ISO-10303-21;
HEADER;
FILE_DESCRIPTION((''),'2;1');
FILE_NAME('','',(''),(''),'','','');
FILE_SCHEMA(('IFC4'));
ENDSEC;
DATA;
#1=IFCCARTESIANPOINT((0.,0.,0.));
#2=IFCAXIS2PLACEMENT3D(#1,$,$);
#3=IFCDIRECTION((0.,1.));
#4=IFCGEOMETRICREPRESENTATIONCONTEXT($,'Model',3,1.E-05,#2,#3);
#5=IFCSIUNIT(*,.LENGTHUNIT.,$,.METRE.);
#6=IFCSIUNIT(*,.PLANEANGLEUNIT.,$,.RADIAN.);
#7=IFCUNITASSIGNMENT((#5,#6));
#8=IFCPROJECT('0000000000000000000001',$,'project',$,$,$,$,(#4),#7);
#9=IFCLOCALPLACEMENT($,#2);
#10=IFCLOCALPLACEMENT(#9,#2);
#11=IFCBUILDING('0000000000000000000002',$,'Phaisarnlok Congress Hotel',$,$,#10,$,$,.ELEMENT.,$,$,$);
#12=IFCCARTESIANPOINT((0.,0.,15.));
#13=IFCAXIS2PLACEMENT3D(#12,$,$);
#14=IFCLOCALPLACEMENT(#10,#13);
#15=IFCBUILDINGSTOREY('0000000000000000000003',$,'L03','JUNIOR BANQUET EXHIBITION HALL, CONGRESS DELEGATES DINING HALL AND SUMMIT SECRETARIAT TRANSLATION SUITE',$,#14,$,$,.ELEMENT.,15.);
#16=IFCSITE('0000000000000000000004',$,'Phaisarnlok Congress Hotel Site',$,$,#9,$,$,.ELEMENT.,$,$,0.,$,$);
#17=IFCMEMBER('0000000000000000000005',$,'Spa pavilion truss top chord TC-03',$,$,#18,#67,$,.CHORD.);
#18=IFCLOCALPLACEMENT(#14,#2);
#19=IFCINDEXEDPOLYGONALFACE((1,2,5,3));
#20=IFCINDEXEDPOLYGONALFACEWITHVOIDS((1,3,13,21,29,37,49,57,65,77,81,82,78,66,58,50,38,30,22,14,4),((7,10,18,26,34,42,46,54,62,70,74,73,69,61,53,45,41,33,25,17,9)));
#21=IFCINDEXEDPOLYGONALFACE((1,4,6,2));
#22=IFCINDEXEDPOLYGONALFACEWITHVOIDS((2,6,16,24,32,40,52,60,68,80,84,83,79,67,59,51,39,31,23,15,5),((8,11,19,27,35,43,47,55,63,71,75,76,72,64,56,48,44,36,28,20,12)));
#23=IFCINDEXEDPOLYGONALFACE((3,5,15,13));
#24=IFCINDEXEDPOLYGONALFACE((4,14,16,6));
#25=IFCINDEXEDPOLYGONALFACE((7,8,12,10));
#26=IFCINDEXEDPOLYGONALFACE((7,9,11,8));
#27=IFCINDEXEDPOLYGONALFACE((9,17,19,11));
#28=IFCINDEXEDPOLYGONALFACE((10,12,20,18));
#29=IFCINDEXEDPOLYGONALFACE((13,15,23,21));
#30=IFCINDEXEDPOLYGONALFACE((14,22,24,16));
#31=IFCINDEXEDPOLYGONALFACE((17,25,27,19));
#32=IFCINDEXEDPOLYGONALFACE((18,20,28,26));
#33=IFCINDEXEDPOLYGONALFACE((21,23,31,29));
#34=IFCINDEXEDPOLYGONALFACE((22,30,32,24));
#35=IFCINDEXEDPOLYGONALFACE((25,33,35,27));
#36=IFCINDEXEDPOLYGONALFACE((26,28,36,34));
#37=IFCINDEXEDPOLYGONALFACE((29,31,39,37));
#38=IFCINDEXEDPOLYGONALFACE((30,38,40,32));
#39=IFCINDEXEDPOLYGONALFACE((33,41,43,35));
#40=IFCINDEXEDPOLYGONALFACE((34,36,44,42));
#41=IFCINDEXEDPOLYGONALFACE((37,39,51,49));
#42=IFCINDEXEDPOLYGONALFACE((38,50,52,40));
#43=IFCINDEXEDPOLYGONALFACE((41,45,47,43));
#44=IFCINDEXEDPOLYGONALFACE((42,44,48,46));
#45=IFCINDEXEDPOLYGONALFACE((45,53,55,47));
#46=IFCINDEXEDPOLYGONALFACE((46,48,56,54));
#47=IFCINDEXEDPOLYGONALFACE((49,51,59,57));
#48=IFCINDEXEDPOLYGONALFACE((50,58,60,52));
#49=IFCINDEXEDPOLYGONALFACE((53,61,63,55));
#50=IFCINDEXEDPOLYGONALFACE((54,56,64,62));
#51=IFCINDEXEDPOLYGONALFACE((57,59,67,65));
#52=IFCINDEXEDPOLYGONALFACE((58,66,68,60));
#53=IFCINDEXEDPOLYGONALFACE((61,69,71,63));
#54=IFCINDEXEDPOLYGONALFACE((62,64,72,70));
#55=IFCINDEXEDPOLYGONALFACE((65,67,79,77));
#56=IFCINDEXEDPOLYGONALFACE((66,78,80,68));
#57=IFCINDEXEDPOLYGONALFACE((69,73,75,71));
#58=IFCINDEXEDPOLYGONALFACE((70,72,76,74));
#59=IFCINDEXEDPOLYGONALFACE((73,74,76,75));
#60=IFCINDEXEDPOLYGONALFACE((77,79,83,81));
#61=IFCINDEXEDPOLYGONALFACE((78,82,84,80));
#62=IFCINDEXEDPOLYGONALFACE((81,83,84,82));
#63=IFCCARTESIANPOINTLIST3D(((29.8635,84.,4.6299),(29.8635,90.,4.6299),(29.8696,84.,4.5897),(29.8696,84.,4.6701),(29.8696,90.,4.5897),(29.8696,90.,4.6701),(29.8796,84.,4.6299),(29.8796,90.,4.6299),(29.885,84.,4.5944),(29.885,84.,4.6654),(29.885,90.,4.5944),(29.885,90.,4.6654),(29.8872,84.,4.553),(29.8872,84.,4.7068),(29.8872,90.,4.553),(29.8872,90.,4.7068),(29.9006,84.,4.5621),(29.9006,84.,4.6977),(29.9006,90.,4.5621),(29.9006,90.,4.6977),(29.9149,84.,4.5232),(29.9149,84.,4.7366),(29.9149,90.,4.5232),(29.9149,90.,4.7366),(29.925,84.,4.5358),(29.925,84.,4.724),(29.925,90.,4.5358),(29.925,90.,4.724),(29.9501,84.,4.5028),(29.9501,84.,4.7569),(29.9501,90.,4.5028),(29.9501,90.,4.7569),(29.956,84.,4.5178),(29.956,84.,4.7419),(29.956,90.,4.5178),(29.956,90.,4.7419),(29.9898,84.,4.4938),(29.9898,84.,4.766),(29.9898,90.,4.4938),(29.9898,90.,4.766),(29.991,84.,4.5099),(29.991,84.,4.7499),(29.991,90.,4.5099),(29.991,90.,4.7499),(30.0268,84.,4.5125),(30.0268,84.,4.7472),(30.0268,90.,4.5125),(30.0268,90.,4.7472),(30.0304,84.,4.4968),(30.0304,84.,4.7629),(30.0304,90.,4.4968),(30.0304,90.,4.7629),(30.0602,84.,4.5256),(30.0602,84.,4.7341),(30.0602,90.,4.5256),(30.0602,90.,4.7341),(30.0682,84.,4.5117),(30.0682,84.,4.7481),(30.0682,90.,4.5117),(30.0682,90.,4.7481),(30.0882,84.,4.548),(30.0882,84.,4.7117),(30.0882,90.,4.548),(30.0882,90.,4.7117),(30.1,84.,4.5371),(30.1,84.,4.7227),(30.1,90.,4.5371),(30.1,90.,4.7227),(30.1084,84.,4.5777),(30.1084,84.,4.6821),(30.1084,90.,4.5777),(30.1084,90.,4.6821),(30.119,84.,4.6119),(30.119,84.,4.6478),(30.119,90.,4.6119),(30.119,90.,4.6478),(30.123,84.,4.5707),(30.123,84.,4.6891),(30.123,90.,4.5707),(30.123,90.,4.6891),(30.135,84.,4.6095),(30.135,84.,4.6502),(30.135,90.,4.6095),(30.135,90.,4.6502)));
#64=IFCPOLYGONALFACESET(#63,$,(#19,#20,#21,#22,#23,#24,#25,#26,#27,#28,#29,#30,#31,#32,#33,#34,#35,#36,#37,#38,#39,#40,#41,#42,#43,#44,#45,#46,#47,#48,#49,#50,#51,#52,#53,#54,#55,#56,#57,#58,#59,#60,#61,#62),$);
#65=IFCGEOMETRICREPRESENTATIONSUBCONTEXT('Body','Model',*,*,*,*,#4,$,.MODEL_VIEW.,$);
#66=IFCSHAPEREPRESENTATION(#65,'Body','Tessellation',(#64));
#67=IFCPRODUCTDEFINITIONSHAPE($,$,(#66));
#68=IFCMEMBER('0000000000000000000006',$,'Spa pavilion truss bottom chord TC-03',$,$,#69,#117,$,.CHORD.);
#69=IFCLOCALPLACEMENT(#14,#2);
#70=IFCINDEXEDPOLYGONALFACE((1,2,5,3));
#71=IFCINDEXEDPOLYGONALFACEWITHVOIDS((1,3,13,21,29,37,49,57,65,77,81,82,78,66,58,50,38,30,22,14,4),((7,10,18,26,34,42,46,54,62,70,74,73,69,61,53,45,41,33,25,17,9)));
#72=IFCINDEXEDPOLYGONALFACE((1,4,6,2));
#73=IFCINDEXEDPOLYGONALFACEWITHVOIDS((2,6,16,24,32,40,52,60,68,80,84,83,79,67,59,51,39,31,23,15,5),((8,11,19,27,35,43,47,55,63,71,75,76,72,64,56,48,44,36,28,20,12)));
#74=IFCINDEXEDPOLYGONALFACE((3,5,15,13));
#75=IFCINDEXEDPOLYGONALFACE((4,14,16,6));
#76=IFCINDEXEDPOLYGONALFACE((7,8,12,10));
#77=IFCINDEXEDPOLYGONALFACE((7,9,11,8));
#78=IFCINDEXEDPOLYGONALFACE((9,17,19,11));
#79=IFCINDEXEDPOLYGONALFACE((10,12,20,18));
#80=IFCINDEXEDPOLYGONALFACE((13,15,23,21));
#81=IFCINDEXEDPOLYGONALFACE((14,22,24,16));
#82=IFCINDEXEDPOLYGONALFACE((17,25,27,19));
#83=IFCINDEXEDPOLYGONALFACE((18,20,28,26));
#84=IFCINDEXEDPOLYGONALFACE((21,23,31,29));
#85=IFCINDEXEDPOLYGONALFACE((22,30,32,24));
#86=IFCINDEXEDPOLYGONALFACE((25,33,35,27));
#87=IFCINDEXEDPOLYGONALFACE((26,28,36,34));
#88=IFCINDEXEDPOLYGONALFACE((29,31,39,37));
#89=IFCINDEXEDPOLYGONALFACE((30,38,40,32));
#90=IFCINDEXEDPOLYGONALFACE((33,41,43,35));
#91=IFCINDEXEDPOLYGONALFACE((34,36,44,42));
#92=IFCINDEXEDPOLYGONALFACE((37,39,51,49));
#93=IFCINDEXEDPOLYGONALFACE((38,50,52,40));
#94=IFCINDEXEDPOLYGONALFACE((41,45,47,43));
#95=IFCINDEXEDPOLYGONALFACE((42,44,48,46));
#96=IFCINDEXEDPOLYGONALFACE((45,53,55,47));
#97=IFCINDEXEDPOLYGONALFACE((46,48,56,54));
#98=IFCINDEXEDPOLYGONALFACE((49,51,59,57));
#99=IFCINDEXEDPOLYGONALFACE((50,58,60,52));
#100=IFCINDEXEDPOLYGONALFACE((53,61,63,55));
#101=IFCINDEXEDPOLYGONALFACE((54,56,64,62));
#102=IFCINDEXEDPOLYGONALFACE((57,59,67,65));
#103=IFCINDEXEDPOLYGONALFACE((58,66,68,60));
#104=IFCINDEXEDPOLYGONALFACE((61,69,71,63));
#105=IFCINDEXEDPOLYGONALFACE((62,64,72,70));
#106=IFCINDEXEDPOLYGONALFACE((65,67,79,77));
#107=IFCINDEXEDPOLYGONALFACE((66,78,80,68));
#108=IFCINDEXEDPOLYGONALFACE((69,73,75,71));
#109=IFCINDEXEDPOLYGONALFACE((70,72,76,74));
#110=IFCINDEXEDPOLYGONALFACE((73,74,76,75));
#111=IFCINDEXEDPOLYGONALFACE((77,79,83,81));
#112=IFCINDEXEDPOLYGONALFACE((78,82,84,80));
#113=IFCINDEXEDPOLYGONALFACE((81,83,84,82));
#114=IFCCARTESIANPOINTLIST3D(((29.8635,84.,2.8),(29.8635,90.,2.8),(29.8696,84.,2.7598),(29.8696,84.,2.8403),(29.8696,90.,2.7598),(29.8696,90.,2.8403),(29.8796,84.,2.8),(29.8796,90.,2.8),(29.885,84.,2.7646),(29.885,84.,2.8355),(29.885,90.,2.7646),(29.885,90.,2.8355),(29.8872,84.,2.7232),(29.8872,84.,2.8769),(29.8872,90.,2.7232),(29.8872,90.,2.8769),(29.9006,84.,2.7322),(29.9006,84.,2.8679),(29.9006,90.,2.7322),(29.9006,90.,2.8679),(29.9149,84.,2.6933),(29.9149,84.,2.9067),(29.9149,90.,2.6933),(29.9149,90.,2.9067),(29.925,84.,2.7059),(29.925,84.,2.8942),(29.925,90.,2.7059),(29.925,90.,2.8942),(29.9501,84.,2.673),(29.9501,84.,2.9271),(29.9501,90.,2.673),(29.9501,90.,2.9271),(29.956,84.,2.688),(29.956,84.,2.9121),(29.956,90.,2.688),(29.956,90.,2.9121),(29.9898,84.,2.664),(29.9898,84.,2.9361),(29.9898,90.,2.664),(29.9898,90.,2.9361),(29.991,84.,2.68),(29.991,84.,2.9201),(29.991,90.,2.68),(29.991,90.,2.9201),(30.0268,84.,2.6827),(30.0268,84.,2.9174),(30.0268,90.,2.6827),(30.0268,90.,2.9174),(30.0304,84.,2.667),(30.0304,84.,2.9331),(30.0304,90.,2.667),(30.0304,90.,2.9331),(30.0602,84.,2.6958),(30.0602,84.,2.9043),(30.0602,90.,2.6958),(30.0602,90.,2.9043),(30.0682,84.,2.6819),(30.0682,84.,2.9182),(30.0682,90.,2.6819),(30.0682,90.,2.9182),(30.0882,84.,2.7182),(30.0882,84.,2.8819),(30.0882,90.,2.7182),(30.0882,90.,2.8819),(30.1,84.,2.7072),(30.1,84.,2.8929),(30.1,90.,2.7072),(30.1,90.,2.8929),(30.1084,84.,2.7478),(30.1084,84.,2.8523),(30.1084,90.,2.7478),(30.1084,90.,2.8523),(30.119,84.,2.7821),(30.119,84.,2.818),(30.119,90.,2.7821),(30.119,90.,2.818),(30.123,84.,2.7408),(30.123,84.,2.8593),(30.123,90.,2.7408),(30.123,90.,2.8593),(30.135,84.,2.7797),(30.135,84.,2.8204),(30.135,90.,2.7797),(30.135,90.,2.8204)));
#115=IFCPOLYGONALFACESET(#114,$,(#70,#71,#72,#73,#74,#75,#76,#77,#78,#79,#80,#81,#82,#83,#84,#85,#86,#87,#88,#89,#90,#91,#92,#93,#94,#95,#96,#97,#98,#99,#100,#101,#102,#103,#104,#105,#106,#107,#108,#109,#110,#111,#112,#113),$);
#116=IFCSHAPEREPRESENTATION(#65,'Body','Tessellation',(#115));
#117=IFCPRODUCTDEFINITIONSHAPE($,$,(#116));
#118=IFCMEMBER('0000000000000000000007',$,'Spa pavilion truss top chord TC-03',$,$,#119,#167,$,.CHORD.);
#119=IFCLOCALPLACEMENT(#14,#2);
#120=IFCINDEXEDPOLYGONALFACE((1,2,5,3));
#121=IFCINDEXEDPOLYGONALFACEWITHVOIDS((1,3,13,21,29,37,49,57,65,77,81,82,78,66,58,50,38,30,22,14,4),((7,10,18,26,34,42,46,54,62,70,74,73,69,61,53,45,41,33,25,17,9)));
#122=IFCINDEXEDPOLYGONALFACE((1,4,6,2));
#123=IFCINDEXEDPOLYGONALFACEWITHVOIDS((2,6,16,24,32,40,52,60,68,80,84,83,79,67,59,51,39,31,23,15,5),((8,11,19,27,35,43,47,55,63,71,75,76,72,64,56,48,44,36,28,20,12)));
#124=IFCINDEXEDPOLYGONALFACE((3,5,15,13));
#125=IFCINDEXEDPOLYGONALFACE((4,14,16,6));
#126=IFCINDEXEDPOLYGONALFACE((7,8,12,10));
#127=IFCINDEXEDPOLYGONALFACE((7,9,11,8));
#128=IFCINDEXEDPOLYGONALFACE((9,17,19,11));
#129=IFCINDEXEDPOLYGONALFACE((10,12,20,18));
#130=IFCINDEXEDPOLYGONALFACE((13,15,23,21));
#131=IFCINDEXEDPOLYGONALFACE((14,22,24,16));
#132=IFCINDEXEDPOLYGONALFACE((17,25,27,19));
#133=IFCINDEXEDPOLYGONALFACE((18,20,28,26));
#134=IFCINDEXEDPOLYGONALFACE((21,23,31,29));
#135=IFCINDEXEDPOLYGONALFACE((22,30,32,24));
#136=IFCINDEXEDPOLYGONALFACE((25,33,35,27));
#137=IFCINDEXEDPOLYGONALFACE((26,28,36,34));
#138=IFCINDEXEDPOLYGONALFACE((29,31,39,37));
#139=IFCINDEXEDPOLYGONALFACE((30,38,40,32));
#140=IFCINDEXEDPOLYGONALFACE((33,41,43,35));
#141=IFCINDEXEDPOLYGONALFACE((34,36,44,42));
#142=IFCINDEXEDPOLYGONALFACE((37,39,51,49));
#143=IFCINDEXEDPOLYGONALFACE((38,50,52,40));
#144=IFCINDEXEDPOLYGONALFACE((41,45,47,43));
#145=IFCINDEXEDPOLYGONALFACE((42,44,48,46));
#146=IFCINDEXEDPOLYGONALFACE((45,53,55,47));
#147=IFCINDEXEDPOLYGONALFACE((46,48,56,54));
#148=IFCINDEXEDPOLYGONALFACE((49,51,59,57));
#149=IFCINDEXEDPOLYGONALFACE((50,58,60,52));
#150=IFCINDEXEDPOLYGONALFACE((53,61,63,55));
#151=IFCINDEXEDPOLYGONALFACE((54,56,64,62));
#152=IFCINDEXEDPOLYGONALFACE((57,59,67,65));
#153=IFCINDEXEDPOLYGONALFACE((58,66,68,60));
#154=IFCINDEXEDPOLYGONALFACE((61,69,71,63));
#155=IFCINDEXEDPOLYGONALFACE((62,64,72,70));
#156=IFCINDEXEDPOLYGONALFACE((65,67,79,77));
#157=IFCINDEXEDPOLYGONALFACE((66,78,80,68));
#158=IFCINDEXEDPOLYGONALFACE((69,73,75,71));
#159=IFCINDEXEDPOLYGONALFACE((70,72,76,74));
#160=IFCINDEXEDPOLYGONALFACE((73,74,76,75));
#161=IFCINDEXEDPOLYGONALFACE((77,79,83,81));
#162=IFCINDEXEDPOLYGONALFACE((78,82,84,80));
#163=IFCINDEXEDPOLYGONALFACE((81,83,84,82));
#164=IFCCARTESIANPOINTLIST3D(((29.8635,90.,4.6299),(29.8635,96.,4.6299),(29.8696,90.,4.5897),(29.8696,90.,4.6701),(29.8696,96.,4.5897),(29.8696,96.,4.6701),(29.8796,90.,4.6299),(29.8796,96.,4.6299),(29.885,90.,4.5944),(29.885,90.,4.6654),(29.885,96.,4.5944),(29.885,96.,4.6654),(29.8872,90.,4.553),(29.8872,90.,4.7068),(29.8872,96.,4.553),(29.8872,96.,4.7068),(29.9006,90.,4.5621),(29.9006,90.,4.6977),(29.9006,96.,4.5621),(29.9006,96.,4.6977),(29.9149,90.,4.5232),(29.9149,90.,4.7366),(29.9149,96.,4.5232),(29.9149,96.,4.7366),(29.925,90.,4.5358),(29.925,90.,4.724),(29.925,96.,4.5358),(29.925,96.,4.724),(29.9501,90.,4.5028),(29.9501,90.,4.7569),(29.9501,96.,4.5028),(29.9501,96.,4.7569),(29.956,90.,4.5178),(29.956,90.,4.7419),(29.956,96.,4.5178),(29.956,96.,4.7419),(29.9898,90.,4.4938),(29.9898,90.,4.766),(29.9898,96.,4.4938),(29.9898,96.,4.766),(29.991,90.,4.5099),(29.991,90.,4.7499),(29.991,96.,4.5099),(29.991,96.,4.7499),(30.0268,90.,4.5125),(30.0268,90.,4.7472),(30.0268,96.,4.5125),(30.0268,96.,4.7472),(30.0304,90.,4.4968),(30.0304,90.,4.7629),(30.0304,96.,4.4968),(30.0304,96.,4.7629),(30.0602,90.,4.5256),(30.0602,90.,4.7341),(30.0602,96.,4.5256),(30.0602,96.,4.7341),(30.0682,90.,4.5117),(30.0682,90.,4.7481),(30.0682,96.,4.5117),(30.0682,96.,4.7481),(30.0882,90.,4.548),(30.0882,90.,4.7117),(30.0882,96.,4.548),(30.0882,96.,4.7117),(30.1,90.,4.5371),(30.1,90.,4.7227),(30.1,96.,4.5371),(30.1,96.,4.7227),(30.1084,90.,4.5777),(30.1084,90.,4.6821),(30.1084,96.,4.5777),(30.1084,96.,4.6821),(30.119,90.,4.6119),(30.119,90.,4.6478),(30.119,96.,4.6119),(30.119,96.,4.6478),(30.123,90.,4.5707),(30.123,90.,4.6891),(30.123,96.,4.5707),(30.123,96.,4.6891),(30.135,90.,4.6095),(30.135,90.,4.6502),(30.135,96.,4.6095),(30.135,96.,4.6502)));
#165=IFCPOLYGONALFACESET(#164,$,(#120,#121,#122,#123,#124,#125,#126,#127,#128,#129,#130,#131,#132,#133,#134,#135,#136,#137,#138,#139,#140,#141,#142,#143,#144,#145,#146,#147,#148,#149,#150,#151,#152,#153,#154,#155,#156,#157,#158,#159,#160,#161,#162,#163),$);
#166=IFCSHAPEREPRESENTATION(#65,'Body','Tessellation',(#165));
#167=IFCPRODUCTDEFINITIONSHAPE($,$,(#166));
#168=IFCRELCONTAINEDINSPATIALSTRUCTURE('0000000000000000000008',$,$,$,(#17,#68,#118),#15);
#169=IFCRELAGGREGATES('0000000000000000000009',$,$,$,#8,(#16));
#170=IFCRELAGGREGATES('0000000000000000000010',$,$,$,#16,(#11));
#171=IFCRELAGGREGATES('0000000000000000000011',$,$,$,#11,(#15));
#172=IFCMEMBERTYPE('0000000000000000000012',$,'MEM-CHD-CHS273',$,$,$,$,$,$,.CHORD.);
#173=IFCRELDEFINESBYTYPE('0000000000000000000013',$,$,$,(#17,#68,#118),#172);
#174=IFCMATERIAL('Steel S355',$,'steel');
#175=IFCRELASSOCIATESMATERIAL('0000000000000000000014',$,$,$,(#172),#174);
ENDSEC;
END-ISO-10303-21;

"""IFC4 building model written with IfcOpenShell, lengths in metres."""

from ifc_helpers import new_model, si_unit, direction, frame, origin, origin_2d, place, context, subcontext, project, spatial, hollow_circle, extrude, material, material_profile, profile_set, type_object, element, save


model = new_model("IFC4")

# Units and contexts
model_context = context("Model", 3, precision=1e-05, world=origin(), true_north=direction((0.0, 1.0)))
body_context = subcontext(model_context, "Body", "Model", "MODEL_VIEW")
ifc_project = project(units=[si_unit("LENGTHUNIT", "METRE"), si_unit("PLANEANGLEUNIT", "RADIAN")], contexts=[model_context])

# Site, building, storey
site_placement = place(None, origin())
site = spatial("IfcSite", under=ifc_project, at=site_placement, Name="Phaisarnlok Congress Hotel Site", CompositionType="ELEMENT", RefElevation=0.0)
building_placement = place(site_placement, origin())
building = spatial("IfcBuilding", under=site, at=building_placement, Name="Phaisarnlok Congress Hotel", CompositionType="ELEMENT")
storey_placement = place(building_placement, frame((0.0, 0.0, 15.0)))
storey = spatial("IfcBuildingStorey", under=building, at=storey_placement, Name="L03", Description="JUNIOR BANQUET EXHIBITION HALL, CONGRESS DELEGATES DINING HALL AND SUMMIT SECRETARIAT TRANSLATION SUITE", CompositionType="ELEMENT", Elevation=15.0)

# Members
ifc_material_1 = material(Name="Steel S355", Category="steel")
ifc_material_profile_1 = material_profile(ifc_material_1, hollow_circle(Radius=0.1365, WallThickness=0.0161, at=origin_2d()), Name="CHS 273x16")
ifc_profile_set_1 = profile_set([ifc_material_profile_1], Name="Steel S355")
member_type_1 = type_object("IfcMemberType", Name="MEM-CHD-CHS273", PredefinedType="CHORD", material=ifc_profile_set_1)
for number, where, z_axis, x_axis, name in (
    (1, (30.0, 84.0, 4.6299), (0.0, 1.0, 0.0), (-1.0, 0.0, 0.0), "Spa pavilion truss top chord TC-03"),
    (2, (30.0, 84.0, 2.8), (0.0, 1.0, 0.0), (-1.0, 0.0, 0.0), "Spa pavilion truss bottom chord TC-03"),
    (3, (30.0, 90.0, 4.6299), (0.0, 1.0, 0.0), (-1.0, 0.0, 0.0), "Spa pavilion truss top chord TC-03"),
):
    element("IfcMember", number, at=place(storey_placement, frame(where, z_axis=z_axis, x_axis=x_axis)), inside=storey, type_object=member_type_1, Name=name, PredefinedType="CHORD", context=body_context, shape_type="SweptSolid", body=[
        extrude(hollow_circle(Radius=0.1365, WallThickness=0.0161, at=origin_2d()), origin(), (0.0, 0.0, 1.0), 6.0),
    ])

save(model, "model.ifc")
